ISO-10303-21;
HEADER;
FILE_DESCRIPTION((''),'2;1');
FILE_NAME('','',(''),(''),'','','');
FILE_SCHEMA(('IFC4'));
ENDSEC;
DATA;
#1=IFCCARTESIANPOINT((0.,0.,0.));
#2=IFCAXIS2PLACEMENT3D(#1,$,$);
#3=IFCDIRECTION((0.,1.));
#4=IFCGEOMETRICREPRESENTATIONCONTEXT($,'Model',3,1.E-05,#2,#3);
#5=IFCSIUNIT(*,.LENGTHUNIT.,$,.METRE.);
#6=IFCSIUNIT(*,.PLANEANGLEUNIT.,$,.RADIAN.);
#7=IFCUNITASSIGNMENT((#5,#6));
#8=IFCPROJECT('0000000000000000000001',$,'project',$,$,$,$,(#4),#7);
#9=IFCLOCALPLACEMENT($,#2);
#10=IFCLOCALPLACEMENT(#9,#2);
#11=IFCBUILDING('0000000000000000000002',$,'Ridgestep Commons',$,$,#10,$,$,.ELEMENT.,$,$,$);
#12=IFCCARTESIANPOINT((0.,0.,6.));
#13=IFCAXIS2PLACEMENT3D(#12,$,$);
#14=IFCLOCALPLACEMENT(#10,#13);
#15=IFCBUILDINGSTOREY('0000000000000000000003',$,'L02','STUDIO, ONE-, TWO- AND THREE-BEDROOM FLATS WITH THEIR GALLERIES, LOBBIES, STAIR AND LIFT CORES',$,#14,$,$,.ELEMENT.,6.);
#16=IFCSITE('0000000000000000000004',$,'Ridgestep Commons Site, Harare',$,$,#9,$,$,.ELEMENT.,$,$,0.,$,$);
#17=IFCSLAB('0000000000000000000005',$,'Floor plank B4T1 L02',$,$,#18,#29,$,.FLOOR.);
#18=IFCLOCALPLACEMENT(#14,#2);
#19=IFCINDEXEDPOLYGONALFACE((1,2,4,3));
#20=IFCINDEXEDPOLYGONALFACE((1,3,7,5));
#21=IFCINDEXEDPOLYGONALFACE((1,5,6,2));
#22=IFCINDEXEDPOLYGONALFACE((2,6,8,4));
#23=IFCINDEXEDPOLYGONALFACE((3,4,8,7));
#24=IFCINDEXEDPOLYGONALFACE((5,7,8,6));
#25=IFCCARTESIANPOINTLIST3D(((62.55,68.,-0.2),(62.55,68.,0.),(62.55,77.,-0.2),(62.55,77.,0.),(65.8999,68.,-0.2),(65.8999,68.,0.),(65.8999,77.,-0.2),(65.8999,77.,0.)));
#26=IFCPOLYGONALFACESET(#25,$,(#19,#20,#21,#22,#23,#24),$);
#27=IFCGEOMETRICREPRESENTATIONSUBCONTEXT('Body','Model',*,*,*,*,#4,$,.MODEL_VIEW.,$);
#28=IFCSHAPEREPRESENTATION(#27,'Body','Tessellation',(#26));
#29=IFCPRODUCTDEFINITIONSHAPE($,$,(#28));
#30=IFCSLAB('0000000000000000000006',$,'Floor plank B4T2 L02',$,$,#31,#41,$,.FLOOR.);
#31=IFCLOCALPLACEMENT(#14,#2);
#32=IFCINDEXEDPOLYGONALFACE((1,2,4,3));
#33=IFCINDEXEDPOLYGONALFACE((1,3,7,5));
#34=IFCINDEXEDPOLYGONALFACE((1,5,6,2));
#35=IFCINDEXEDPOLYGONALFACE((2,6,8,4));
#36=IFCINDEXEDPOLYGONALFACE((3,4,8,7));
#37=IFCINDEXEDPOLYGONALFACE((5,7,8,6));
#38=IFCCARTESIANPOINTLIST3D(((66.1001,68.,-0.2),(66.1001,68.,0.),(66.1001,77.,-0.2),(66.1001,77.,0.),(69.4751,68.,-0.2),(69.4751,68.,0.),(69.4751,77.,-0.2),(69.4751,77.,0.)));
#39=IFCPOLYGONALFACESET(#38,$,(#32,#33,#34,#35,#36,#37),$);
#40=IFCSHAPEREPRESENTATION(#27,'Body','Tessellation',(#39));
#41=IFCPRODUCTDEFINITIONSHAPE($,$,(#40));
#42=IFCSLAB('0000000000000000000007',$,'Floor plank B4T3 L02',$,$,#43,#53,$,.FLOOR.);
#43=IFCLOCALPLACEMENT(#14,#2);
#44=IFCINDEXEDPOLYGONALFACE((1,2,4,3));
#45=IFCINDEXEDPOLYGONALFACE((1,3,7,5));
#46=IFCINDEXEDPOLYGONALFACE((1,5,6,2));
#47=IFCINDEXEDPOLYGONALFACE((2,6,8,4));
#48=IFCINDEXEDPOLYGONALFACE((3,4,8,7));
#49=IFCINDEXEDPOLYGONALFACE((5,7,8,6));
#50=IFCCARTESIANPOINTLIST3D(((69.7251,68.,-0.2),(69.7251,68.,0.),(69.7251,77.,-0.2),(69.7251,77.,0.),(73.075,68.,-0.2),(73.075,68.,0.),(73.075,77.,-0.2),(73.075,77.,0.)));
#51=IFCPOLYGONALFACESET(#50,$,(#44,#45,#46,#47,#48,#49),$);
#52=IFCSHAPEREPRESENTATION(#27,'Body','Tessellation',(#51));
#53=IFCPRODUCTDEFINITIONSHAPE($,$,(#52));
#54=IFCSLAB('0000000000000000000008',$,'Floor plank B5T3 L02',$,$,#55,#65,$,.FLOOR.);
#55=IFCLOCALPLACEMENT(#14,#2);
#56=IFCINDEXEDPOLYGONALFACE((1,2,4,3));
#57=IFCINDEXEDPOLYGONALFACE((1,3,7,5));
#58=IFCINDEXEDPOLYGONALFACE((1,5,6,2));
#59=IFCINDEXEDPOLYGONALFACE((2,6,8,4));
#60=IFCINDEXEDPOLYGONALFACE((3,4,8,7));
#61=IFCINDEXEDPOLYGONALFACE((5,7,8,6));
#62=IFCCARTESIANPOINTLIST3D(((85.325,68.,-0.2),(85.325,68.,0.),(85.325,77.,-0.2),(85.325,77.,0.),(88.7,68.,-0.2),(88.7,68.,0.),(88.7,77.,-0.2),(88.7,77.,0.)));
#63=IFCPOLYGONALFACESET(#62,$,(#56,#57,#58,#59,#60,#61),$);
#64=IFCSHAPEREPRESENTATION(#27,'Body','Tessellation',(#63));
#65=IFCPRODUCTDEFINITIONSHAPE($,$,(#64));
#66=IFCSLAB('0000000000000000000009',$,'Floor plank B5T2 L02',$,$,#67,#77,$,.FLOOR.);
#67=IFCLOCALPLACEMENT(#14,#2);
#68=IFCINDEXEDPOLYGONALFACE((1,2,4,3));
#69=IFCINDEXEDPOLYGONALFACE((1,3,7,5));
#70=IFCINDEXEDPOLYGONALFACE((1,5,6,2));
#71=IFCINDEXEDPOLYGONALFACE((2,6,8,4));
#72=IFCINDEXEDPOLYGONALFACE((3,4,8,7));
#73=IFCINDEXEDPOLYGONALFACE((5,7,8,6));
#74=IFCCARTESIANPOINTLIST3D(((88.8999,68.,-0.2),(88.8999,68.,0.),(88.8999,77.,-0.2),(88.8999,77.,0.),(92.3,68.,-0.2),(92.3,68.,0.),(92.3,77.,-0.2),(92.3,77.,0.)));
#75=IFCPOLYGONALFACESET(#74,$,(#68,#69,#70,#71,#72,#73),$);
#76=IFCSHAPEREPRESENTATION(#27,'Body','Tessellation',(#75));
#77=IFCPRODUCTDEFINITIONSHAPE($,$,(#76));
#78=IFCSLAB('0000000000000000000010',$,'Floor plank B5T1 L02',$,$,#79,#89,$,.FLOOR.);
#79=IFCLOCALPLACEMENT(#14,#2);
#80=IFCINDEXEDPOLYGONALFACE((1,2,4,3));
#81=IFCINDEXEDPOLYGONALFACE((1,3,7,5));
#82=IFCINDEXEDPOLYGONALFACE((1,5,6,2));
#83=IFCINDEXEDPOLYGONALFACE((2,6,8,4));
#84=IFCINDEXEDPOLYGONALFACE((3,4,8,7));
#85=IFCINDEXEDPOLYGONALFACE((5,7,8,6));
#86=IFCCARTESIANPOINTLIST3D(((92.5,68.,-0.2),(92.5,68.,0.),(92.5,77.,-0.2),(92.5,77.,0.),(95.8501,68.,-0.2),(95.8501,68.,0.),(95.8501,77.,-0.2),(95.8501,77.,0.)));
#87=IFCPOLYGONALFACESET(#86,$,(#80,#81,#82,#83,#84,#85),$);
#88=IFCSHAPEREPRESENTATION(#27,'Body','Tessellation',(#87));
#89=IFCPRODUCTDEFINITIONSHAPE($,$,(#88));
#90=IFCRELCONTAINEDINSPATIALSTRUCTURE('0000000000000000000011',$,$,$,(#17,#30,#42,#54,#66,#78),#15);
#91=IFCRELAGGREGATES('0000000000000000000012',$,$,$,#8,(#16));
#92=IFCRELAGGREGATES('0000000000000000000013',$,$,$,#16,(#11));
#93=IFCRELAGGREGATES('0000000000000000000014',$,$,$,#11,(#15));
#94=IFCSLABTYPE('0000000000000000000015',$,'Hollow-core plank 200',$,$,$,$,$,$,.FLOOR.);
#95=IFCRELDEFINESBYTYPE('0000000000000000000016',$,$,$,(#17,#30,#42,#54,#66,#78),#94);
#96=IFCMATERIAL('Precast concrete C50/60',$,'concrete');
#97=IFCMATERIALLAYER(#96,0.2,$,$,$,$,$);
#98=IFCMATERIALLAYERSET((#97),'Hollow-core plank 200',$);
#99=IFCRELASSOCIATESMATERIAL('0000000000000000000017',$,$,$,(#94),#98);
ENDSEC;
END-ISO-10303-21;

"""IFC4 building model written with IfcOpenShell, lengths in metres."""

from ifc_helpers import new_model, si_unit, direction, frame, origin, place, context, subcontext, project, spatial, polyline, outline, extrude, material, layer, layer_set, type_object, element, save


model = new_model("IFC4")

# Units and contexts
model_context = context("Model", 3, precision=1e-05, world=origin(), true_north=direction((0.0, 1.0)))
body_context = subcontext(model_context, "Body", "Model", "MODEL_VIEW")
ifc_project = project(units=[si_unit("LENGTHUNIT", "METRE"), si_unit("PLANEANGLEUNIT", "RADIAN")], contexts=[model_context])

# Site, building, storey
site_placement = place(None, origin())
site = spatial("IfcSite", under=ifc_project, at=site_placement, Name="Ridgestep Commons Site, Harare", CompositionType="ELEMENT", RefElevation=0.0)
building_placement = place(site_placement, origin())
building = spatial("IfcBuilding", under=site, at=building_placement, Name="Ridgestep Commons", CompositionType="ELEMENT")
storey_placement = place(building_placement, frame((0.0, 0.0, 6.0)))
storey = spatial("IfcBuildingStorey", under=building, at=storey_placement, Name="L02", Description="STUDIO, ONE-, TWO- AND THREE-BEDROOM FLATS WITH THEIR GALLERIES, LOBBIES, STAIR AND LIFT CORES", CompositionType="ELEMENT", Elevation=6.0)

# Slabs
ifc_material_1 = material(Name="Precast concrete C50/60", Category="concrete")
ifc_layer_1 = layer(ifc_material_1, 0.2)
ifc_layer_set_1 = layer_set([ifc_layer_1], Name="Hollow-core plank 200")
slab_type_1 = type_object("IfcSlabType", Name="Hollow-core plank 200", PredefinedType="FLOOR", material=ifc_layer_set_1)
slab_1_placement = place(storey_placement, frame((0.0, 0.0, -0.2)))
element("IfcSlab", 1, at=slab_1_placement, inside=storey, type_object=slab_type_1, Name="Floor plank B4T1 L02", PredefinedType="FLOOR", context=body_context, shape_type="SweptSolid", body=[
    extrude(outline(polyline([(65.8999, 68.0), (65.8999, 77.0), (62.55, 77.0), (62.55, 68.0), (65.8999, 68.0)])), origin(), (0.0, 0.0, 1.0), 0.2),
])
slab_2_placement = place(storey_placement, frame((0.0, 0.0, -0.2)))
element("IfcSlab", 2, at=slab_2_placement, inside=storey, type_object=slab_type_1, Name="Floor plank B4T2 L02", PredefinedType="FLOOR", context=body_context, shape_type="SweptSolid", body=[
    extrude(outline(polyline([(69.4751, 68.0), (69.4751, 77.0), (66.1001, 77.0), (66.1001, 68.0), (69.4751, 68.0)])), origin(), (0.0, 0.0, 1.0), 0.2),
])
slab_3_placement = place(storey_placement, frame((0.0, 0.0, -0.2)))
element("IfcSlab", 3, at=slab_3_placement, inside=storey, type_object=slab_type_1, Name="Floor plank B4T3 L02", PredefinedType="FLOOR", context=body_context, shape_type="SweptSolid", body=[
    extrude(outline(polyline([(73.075, 68.0), (73.075, 77.0), (69.7251, 77.0), (69.7251, 68.0), (73.075, 68.0)])), origin(), (0.0, 0.0, 1.0), 0.2),
])
slab_4_placement = place(storey_placement, frame((0.0, 0.0, -0.2)))
element("IfcSlab", 4, at=slab_4_placement, inside=storey, type_object=slab_type_1, Name="Floor plank B5T3 L02", PredefinedType="FLOOR", context=body_context, shape_type="SweptSolid", body=[
    extrude(outline(polyline([(88.7, 68.0), (88.7, 77.0), (85.325, 77.0), (85.325, 68.0), (88.7, 68.0)])), origin(), (0.0, 0.0, 1.0), 0.2),
])
slab_5_placement = place(storey_placement, frame((0.0, 0.0, -0.2)))
element("IfcSlab", 5, at=slab_5_placement, inside=storey, type_object=slab_type_1, Name="Floor plank B5T2 L02", PredefinedType="FLOOR", context=body_context, shape_type="SweptSolid", body=[
    extrude(outline(polyline([(92.3, 68.0), (92.3, 77.0), (88.8999, 77.0), (88.8999, 68.0), (92.3, 68.0)])), origin(), (0.0, 0.0, 1.0), 0.2),
])
slab_6_placement = place(storey_placement, frame((0.0, 0.0, -0.2)))
element("IfcSlab", 6, at=slab_6_placement, inside=storey, type_object=slab_type_1, Name="Floor plank B5T1 L02", PredefinedType="FLOOR", context=body_context, shape_type="SweptSolid", body=[
    extrude(outline(polyline([(95.8501, 68.0), (95.8501, 77.0), (92.5, 77.0), (92.5, 68.0), (95.8501, 68.0)])), origin(), (0.0, 0.0, 1.0), 0.2),
])

save(model, "model.ifc")
